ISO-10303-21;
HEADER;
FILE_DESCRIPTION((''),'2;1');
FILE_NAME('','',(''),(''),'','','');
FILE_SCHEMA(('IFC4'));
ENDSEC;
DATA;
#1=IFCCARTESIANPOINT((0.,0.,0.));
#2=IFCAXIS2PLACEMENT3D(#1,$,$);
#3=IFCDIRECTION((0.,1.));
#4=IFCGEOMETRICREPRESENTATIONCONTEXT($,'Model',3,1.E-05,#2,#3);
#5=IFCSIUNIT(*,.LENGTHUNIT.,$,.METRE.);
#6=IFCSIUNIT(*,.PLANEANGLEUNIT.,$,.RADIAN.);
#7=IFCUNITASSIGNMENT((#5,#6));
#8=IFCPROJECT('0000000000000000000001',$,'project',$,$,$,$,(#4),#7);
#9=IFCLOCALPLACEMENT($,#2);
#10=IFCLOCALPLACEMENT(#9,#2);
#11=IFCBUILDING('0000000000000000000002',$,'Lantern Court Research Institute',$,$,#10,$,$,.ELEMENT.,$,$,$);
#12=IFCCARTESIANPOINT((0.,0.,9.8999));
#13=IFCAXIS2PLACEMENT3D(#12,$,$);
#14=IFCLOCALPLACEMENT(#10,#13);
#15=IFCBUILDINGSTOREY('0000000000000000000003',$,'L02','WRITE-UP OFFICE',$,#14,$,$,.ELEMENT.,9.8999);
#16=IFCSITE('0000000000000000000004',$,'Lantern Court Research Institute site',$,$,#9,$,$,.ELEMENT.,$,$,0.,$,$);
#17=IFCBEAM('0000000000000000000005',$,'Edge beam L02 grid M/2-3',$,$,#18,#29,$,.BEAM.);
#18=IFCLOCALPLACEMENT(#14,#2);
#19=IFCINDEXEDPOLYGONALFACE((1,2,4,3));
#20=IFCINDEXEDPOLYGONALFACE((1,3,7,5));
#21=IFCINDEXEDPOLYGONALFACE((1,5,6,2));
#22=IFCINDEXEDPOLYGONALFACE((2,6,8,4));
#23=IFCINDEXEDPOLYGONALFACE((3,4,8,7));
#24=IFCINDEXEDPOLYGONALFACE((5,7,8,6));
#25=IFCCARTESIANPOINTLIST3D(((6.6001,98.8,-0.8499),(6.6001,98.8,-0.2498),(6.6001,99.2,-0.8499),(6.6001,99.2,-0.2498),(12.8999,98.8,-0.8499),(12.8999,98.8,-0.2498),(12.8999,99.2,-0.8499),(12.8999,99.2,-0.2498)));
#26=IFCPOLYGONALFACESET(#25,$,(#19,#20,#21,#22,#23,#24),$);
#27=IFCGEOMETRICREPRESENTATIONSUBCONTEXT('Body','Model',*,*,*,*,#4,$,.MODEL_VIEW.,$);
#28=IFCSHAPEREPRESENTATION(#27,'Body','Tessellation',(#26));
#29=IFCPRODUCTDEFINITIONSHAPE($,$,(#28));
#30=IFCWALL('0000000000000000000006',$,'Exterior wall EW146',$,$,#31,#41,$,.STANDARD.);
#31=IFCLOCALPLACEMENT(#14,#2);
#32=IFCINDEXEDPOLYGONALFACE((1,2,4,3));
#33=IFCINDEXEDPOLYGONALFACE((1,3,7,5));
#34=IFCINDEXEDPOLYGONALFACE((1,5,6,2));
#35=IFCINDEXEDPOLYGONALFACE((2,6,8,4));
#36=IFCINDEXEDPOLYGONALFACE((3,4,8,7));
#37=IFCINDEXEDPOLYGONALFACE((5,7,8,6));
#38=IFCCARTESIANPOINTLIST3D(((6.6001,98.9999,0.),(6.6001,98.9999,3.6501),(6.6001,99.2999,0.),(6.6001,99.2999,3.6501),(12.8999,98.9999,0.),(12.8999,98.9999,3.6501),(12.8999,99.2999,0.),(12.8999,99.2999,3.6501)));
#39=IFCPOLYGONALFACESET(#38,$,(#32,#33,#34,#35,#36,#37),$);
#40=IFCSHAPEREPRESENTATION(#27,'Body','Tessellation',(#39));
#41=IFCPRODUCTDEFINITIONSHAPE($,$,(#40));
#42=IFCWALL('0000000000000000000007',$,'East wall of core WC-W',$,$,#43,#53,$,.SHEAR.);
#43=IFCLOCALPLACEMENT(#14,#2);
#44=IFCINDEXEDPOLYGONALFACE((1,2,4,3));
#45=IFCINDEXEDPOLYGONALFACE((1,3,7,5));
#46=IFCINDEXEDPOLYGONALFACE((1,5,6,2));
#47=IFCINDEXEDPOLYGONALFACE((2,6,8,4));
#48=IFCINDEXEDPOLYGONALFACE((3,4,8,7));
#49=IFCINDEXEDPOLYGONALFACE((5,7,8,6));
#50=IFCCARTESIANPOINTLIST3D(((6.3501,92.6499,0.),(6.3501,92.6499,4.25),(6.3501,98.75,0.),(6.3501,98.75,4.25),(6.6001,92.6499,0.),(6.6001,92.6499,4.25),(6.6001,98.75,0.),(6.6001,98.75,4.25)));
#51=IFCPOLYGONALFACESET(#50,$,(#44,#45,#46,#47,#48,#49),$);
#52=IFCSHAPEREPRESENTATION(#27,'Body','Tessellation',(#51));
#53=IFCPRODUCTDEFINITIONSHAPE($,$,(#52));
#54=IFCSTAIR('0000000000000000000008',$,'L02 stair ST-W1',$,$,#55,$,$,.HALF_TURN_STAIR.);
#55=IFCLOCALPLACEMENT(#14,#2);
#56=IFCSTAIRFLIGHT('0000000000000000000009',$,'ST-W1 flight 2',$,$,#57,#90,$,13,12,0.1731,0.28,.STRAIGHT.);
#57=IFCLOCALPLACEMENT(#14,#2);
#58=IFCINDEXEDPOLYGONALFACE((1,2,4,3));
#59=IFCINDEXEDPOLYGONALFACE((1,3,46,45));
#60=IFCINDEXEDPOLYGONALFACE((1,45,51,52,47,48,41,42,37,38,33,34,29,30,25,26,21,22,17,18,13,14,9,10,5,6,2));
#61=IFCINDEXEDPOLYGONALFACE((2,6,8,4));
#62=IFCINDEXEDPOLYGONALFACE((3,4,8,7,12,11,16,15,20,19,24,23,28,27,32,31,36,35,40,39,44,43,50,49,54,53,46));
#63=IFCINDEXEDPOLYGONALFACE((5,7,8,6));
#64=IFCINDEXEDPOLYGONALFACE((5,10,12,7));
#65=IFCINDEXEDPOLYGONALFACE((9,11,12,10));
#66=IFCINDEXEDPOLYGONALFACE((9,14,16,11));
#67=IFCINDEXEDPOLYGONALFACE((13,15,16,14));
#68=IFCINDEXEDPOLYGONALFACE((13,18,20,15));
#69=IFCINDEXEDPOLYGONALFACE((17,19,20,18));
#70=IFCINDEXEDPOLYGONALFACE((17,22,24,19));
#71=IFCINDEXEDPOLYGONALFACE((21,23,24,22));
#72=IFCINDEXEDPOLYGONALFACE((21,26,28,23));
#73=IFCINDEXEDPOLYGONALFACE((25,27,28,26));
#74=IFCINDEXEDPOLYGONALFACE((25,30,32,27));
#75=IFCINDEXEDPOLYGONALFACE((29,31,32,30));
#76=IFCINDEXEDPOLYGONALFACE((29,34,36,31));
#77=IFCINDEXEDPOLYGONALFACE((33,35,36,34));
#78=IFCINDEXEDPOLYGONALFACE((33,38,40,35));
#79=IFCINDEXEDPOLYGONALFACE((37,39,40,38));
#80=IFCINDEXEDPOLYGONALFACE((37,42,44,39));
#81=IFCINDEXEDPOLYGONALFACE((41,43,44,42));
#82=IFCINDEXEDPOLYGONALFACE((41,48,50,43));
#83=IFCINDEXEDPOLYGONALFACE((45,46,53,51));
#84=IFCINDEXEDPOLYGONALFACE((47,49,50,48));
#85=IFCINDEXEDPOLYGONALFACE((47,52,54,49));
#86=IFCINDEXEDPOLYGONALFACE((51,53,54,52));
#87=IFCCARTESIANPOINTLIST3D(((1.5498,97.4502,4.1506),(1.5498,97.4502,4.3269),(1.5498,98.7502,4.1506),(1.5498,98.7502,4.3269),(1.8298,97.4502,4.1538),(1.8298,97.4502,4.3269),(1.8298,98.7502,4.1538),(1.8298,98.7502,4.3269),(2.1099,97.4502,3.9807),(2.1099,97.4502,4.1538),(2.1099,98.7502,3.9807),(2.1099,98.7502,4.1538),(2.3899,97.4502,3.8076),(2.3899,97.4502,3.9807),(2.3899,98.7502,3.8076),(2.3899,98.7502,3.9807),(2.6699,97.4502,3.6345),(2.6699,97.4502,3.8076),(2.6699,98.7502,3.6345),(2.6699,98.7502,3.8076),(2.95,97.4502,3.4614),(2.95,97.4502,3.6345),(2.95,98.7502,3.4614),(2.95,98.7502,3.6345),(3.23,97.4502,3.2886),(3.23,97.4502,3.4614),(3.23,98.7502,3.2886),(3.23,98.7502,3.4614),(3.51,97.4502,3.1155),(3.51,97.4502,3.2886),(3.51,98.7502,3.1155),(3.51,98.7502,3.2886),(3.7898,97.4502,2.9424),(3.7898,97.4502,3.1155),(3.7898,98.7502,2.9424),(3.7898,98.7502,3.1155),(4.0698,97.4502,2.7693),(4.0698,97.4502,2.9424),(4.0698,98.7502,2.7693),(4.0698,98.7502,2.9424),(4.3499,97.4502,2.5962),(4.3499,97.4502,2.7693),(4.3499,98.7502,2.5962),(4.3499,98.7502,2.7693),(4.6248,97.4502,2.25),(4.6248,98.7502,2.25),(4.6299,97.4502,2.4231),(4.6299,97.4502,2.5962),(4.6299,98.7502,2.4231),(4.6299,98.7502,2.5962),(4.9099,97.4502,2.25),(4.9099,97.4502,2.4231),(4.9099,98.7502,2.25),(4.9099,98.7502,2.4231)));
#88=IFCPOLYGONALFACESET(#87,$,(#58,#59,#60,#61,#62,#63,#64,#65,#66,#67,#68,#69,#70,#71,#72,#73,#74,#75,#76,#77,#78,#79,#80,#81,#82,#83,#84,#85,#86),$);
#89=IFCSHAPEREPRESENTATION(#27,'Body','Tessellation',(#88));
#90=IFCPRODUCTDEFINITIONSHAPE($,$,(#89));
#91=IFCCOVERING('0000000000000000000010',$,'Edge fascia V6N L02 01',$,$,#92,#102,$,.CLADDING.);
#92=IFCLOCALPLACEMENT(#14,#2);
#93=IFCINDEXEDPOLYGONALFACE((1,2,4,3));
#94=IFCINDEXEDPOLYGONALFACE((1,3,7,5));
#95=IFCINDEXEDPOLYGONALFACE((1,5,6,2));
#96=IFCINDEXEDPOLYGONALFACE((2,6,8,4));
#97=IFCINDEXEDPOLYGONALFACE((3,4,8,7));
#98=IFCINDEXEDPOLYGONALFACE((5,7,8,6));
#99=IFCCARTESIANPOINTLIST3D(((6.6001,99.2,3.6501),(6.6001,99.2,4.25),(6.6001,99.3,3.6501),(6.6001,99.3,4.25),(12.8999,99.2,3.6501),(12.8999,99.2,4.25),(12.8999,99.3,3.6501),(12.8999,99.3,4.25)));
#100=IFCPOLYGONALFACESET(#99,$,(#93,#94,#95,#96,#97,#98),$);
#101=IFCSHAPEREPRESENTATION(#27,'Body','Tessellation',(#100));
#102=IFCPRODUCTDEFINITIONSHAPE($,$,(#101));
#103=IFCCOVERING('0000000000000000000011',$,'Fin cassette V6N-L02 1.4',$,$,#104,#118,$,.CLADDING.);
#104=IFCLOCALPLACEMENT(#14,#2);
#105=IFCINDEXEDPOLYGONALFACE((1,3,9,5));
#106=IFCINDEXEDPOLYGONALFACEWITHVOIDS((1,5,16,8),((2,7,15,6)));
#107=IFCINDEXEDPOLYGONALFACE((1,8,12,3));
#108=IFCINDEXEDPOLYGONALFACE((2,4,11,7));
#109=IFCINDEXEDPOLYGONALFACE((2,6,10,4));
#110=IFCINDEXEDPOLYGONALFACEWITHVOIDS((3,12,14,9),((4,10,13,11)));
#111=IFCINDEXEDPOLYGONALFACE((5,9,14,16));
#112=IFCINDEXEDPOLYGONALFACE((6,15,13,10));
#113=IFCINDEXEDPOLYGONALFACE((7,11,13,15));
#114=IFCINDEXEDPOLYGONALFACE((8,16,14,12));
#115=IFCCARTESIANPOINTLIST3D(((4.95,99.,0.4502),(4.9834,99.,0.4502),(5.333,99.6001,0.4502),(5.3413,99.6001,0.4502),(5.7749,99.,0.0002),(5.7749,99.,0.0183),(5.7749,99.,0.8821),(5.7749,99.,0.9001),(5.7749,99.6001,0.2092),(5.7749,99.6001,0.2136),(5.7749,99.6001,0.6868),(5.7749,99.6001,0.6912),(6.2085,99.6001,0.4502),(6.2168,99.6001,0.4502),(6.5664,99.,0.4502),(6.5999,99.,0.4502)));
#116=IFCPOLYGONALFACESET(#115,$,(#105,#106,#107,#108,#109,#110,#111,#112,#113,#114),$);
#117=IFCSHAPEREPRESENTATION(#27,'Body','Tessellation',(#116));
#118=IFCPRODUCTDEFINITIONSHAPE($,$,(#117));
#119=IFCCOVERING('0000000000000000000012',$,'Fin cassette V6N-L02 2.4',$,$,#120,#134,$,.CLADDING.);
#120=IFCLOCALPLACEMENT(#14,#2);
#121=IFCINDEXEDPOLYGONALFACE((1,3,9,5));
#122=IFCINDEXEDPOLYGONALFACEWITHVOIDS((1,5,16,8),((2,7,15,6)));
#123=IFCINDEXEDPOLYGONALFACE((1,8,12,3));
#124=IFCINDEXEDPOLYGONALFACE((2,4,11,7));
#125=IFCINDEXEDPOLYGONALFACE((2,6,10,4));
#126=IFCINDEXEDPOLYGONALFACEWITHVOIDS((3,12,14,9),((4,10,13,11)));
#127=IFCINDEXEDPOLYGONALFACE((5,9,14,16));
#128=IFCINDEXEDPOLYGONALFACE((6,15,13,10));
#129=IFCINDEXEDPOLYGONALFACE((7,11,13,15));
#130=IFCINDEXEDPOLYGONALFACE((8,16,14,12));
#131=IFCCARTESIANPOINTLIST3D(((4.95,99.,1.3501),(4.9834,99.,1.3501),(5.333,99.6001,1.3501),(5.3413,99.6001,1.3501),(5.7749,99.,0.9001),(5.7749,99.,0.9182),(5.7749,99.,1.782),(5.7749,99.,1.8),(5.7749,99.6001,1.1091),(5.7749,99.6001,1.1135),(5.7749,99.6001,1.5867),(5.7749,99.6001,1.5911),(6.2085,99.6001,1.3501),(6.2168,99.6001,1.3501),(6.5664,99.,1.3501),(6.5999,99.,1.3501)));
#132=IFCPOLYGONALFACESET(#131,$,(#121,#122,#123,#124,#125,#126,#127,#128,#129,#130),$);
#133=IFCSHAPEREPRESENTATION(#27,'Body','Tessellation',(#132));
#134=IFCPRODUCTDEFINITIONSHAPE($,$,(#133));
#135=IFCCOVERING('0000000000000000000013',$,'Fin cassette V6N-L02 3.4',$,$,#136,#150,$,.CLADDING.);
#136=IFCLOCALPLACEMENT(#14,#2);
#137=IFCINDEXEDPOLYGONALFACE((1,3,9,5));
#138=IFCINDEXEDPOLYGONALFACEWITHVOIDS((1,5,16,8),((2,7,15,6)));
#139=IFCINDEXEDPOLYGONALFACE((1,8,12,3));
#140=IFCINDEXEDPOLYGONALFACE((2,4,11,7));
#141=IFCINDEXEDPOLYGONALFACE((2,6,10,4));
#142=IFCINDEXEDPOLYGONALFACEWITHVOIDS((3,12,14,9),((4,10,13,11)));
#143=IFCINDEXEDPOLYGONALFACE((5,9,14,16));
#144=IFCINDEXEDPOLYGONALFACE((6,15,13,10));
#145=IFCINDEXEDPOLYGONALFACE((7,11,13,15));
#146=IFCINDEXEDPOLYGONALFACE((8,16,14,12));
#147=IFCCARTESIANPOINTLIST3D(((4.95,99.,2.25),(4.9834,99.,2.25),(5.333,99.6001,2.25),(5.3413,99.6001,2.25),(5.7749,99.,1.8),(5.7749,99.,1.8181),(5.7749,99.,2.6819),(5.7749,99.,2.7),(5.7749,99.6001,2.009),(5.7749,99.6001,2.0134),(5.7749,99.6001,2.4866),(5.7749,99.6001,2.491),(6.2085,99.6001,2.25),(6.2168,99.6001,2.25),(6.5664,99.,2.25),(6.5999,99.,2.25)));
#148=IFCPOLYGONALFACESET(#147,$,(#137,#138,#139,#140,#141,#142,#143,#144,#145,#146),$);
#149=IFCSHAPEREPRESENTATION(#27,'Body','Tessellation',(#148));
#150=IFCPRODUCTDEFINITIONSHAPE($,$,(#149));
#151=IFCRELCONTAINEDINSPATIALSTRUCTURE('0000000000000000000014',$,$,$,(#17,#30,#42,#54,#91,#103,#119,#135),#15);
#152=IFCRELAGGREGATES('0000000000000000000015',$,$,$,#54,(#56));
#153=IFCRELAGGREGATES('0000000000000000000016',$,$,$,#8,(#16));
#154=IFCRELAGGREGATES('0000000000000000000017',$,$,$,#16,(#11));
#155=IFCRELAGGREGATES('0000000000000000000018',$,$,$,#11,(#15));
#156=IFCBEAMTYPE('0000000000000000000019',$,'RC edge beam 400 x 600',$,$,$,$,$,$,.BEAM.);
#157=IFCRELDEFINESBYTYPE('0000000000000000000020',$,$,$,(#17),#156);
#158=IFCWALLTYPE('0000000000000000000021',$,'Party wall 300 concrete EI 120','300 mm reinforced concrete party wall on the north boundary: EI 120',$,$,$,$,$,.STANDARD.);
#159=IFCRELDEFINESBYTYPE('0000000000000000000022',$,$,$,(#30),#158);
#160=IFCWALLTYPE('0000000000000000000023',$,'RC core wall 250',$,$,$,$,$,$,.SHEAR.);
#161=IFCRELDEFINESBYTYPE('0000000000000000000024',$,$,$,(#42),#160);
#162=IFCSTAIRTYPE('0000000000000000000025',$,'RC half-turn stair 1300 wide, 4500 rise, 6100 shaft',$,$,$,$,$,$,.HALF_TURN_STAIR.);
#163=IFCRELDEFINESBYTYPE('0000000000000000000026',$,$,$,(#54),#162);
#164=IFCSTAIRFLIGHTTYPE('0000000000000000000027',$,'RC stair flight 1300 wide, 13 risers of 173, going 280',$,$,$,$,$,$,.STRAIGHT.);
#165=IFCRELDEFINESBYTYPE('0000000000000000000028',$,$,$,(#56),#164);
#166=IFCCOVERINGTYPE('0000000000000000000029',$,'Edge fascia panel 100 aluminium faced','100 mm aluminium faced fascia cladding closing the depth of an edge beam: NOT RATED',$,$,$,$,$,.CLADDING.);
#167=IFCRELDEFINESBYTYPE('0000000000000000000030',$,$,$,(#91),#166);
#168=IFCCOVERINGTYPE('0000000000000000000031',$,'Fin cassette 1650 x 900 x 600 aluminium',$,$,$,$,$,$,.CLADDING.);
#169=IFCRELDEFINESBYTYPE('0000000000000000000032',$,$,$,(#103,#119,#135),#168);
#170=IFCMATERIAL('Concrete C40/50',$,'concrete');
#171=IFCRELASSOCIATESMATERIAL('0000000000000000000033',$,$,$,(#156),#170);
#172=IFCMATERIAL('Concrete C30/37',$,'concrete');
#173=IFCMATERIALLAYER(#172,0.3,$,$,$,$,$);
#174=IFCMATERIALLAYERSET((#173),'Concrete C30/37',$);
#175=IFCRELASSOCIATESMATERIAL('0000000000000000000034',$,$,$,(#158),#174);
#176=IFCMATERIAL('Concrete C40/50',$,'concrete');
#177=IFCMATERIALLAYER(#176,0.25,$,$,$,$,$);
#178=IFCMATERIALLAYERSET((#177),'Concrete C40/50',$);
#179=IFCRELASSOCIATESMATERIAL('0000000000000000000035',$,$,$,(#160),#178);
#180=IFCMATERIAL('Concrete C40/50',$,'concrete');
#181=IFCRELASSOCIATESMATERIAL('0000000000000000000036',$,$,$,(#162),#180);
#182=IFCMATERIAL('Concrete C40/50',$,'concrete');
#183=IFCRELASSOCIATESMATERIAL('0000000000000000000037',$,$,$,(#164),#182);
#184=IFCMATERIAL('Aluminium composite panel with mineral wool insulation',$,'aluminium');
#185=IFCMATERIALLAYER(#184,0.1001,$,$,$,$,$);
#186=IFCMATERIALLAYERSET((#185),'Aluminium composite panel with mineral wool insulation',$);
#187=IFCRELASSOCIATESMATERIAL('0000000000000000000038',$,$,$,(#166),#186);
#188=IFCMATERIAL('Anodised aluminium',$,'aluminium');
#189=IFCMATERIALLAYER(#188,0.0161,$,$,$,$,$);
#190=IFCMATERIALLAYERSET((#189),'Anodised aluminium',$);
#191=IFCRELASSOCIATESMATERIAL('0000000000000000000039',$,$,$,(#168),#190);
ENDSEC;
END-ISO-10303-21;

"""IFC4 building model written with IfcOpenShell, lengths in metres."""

from ifc_helpers import new_model, entity, si_unit, direction, frame, frame_2d, origin, origin_2d, place, context, subcontext, project, spatial, polyline, rectangle, outline, extrude, material, layer, layer_set, material_profile, profile_set, type_object, element, aggregate, save


model = new_model("IFC4")

# Units and contexts
model_context = context("Model", 3, precision=1e-05, world=origin(), true_north=direction((0.0, 1.0)))
body_context = subcontext(model_context, "Body", "Model", "MODEL_VIEW")
ifc_project = project(units=[si_unit("LENGTHUNIT", "METRE"), si_unit("PLANEANGLEUNIT", "RADIAN")], contexts=[model_context])

# Site, building, storey
site_placement = place(None, origin())
site = spatial("IfcSite", under=ifc_project, at=site_placement, Name="Lantern Court Research Institute site", CompositionType="ELEMENT", RefElevation=0.0)
building_placement = place(site_placement, origin())
building = spatial("IfcBuilding", under=site, at=building_placement, Name="Lantern Court Research Institute", CompositionType="ELEMENT")
storey_placement = place(building_placement, frame((0.0, 0.0, 9.8999)))
storey = spatial("IfcBuildingStorey", under=building, at=storey_placement, Name="L02", Description="WRITE-UP OFFICE", CompositionType="ELEMENT", Elevation=9.8999)

# Beam
ifc_material_1 = material(Name="Concrete C40/50", Category="concrete")
ifc_material_profile = material_profile(ifc_material_1, rectangle(XDim=0.3999, YDim=0.6001, at=origin_2d()), Name="RC beam 400 x 600")
ifc_profile_set = profile_set([ifc_material_profile], Name="Concrete C40/50")
beam_type = type_object("IfcBeamType", Name="RC edge beam 400 x 600", PredefinedType="BEAM", material=ifc_profile_set)
beam_placement = place(storey_placement, frame((6.6001, 99.0, -0.5498), z_axis=(1.0, 0.0, 0.0), x_axis=(0.0, 1.0, 0.0)))
element("IfcBeam", 1, at=beam_placement, inside=storey, type_object=beam_type, Name="Edge beam L02 grid M/2-3", PredefinedType="BEAM", context=body_context, shape_type="SweptSolid", body=[
    extrude(rectangle(XDim=0.3999, YDim=0.6001, at=origin_2d()), origin(), (0.0, 0.0, 1.0), 6.2998),
])

# Walls
ifc_material_2 = material(Name="Concrete C30/37", Category="concrete")
ifc_layer_1 = layer(ifc_material_2, 0.3)
ifc_layer_set_1 = layer_set([ifc_layer_1], Name="Concrete C30/37")
wall_type_1 = type_object("IfcWallType", Name="Party wall 300 concrete EI 120", Description="300 mm reinforced concrete party wall on the north boundary: EI 120", PredefinedType="STANDARD", material=ifc_layer_set_1)
wall_1_placement = place(storey_placement, frame((6.6001, 99.1499, 0.0), z_axis=(0.0, 0.0, 1.0), x_axis=(1.0, 0.0, 0.0)))
element("IfcWall", 2, at=wall_1_placement, inside=storey, type_object=wall_type_1, Name="Exterior wall EW146", PredefinedType="STANDARD", context=body_context, shape_type="SweptSolid", body=[
    extrude(rectangle(XDim=6.2998, YDim=0.3, at=frame_2d((3.1499, 0.0))), origin(), (0.0, 0.0, 1.0), 3.6501),
])
ifc_material_3 = material(Name="Concrete C40/50", Category="concrete")
ifc_layer_2 = layer(ifc_material_3, 0.25)
ifc_layer_set_2 = layer_set([ifc_layer_2], Name="Concrete C40/50")
wall_type_2 = type_object("IfcWallType", Name="RC core wall 250", PredefinedType="SHEAR", material=ifc_layer_set_2)
wall_2_placement = place(storey_placement, frame((6.4751, 92.6499, 0.0), z_axis=(0.0, 0.0, 1.0), x_axis=(0.0, 1.0, 0.0)))
element("IfcWall", 3, at=wall_2_placement, inside=storey, type_object=wall_type_2, Name="East wall of core WC-W", PredefinedType="SHEAR", context=body_context, shape_type="SweptSolid", body=[
    extrude(rectangle(XDim=6.1001, YDim=0.25, at=frame_2d((3.05, 0.0))), origin(), (0.0, 0.0, 1.0), 4.25),
])

# Stair, stair flight
ifc_material_4 = material(Name="Concrete C40/50", Category="concrete")
stair_type = type_object("IfcStairType", Name="RC half-turn stair 1300 wide, 4500 rise, 6100 shaft", PredefinedType="HALF_TURN_STAIR", material=ifc_material_4)
stair_placement = place(storey_placement, origin())
stair = element("IfcStair", 4, at=stair_placement, inside=storey, type_object=stair_type, Name="L02 stair ST-W1", PredefinedType="HALF_TURN_STAIR")
ifc_material_5 = material(Name="Concrete C40/50", Category="concrete")
stair_flight_type = type_object("IfcStairFlightType", Name="RC stair flight 1300 wide, 13 risers of 173, going 280", PredefinedType="STRAIGHT", material=ifc_material_5)
stair_flight_placement = place(storey_placement, frame((4.9099, 98.1001, 2.25), z_axis=(0.0, 0.0, 1.0), x_axis=(-1.0, 0.0, 0.0)))
stair_flight = element("IfcStairFlight", 5, at=stair_flight_placement, type_object=stair_flight_type, Name="ST-W1 flight 2", NumberOfRisers=13, NumberOfTreads=12, PredefinedType="STRAIGHT", RiserHeight=0.1731, TreadLength=0.28, context=body_context, shape_type="SweptSolid", body=[
    extrude(outline(polyline([(0.0, 0.0), (0.0, 0.1731), (0.28, 0.1731), (0.28, 0.3462), (0.5601, 0.3462), (0.5601, 0.5193), (0.8401, 0.5193), (0.8401, 0.6924), (1.1201, 0.6924), (1.1201, 0.8655), (1.3999, 0.8655), (1.3999, 1.0386), (1.6799, 1.0386), (1.6799, 1.2114), (1.96, 1.2114), (1.96, 1.3845), (2.24, 1.3845), (2.24, 1.5576), (2.52, 1.5576), (2.52, 1.7307), (2.8, 1.7307), (2.8, 1.9038), (3.0801, 1.9038), (3.0801, 2.0769), (3.3601, 2.0769), (3.3601, 2.25), (3.3601, 1.9006), (0.2852, 0.0), (0.0, 0.0)])), frame((0.0, 0.6499, 0.0), z_axis=(0.0, -1.0, 0.0), x_axis=(1.0, 0.0, 0.0)), (0.0, 0.0, 1.0), 1.3),
])
aggregate(stair, [stair_flight])

# Coverings
ifc_material_6 = material(Name="Aluminium composite panel with mineral wool insulation", Category="aluminium")
ifc_layer_3 = layer(ifc_material_6, 0.1001)
ifc_layer_set_3 = layer_set([ifc_layer_3], Name="Aluminium composite panel with mineral wool insulation")
covering_type_1 = type_object("IfcCoveringType", Name="Edge fascia panel 100 aluminium faced", Description="100 mm aluminium faced fascia cladding closing the depth of an edge beam: NOT RATED", PredefinedType="CLADDING", material=ifc_layer_set_3)
covering_1_placement = place(storey_placement, frame((6.6001, 99.25, 3.6501), z_axis=(0.0, 0.0, 1.0), x_axis=(1.0, 0.0, 0.0)))
element("IfcCovering", 6, at=covering_1_placement, inside=storey, type_object=covering_type_1, Name="Edge fascia V6N L02 01", PredefinedType="CLADDING", context=body_context, shape_type="SweptSolid", body=[
    extrude(rectangle(XDim=6.2998, YDim=0.1001, at=frame_2d((3.1499, 0.0))), origin(), (0.0, 0.0, 1.0), 0.5999),
])
ifc_material_7 = material(Name="Anodised aluminium", Category="aluminium")
ifc_layer_4 = layer(ifc_material_7, 0.0161)
ifc_layer_set_4 = layer_set([ifc_layer_4], Name="Anodised aluminium")
covering_type_2 = type_object("IfcCoveringType", Name="Fin cassette 1650 x 900 x 600 aluminium", PredefinedType="CLADDING", material=ifc_layer_set_4)
covering_2_placement = place(storey_placement, frame((5.7749, 99.0, 0.4502), z_axis=(0.0, 1.0, 0.0), x_axis=(-1.0, 0.0, 0.0)))
cartesian_point_1 = entity("IfcCartesianPoint", [0.825, 0.0])
cartesian_point_2 = entity("IfcCartesianPoint", [0.7915, 0.0])
cartesian_point_3 = entity("IfcCartesianPoint", [0.4419, 0.0])
cartesian_point_4 = entity("IfcCartesianPoint", [0.4336, 0.0])
element("IfcCovering", 7, at=covering_2_placement, inside=storey, type_object=covering_type_2, Name="Fin cassette V6N-L02 1.4", PredefinedType="CLADDING", context=body_context, shape_type="SweptSolid", body=[
    entity("IfcExtrudedAreaSolidTapered", entity("IfcArbitraryProfileDefWithVoids", "AREA", None, entity("IfcPolyline", [cartesian_point_1, entity("IfcCartesianPoint", [0.0, 0.45]), entity("IfcCartesianPoint", [-0.825, 0.0]), entity("IfcCartesianPoint", [0.0, -0.45]), cartesian_point_1]), [entity("IfcPolyline", [cartesian_point_2, entity("IfcCartesianPoint", [0.0, 0.4319]), entity("IfcCartesianPoint", [-0.7915, 0.0]), entity("IfcCartesianPoint", [0.0, -0.4319]), cartesian_point_2])]), entity("IfcAxis2Placement3D", entity("IfcCartesianPoint", [0.0, 0.0, 0.0])), entity("IfcDirection", [0.0, 0.0, 1.0]), 0.6001, entity("IfcArbitraryProfileDefWithVoids", "AREA", None, entity("IfcPolyline", [cartesian_point_3, entity("IfcCartesianPoint", [0.0, 0.241]), entity("IfcCartesianPoint", [-0.4419, 0.0]), entity("IfcCartesianPoint", [0.0, -0.241]), cartesian_point_3]), [entity("IfcPolyline", [cartesian_point_4, entity("IfcCartesianPoint", [0.0, 0.2366]), entity("IfcCartesianPoint", [-0.4336, 0.0]), entity("IfcCartesianPoint", [0.0, -0.2366]), cartesian_point_4])])),
])
covering_3_placement = place(storey_placement, frame((5.7749, 99.0, 1.3501), z_axis=(0.0, 1.0, 0.0), x_axis=(-1.0, 0.0, 0.0)))
cartesian_point_5 = entity("IfcCartesianPoint", [0.825, 0.0])
cartesian_point_6 = entity("IfcCartesianPoint", [0.7915, 0.0])
cartesian_point_7 = entity("IfcCartesianPoint", [0.4419, 0.0])
cartesian_point_8 = entity("IfcCartesianPoint", [0.4336, 0.0])
element("IfcCovering", 8, at=covering_3_placement, inside=storey, type_object=covering_type_2, Name="Fin cassette V6N-L02 2.4", PredefinedType="CLADDING", context=body_context, shape_type="SweptSolid", body=[
    entity("IfcExtrudedAreaSolidTapered", entity("IfcArbitraryProfileDefWithVoids", "AREA", None, entity("IfcPolyline", [cartesian_point_5, entity("IfcCartesianPoint", [0.0, 0.45]), entity("IfcCartesianPoint", [-0.825, 0.0]), entity("IfcCartesianPoint", [0.0, -0.45]), cartesian_point_5]), [entity("IfcPolyline", [cartesian_point_6, entity("IfcCartesianPoint", [0.0, 0.4319]), entity("IfcCartesianPoint", [-0.7915, 0.0]), entity("IfcCartesianPoint", [0.0, -0.4319]), cartesian_point_6])]), entity("IfcAxis2Placement3D", entity("IfcCartesianPoint", [0.0, 0.0, 0.0])), entity("IfcDirection", [0.0, 0.0, 1.0]), 0.6001, entity("IfcArbitraryProfileDefWithVoids", "AREA", None, entity("IfcPolyline", [cartesian_point_7, entity("IfcCartesianPoint", [0.0, 0.241]), entity("IfcCartesianPoint", [-0.4419, 0.0]), entity("IfcCartesianPoint", [0.0, -0.241]), cartesian_point_7]), [entity("IfcPolyline", [cartesian_point_8, entity("IfcCartesianPoint", [0.0, 0.2366]), entity("IfcCartesianPoint", [-0.4336, 0.0]), entity("IfcCartesianPoint", [0.0, -0.2366]), cartesian_point_8])])),
])
covering_4_placement = place(storey_placement, frame((5.7749, 99.0, 2.25), z_axis=(0.0, 1.0, 0.0), x_axis=(-1.0, 0.0, 0.0)))
cartesian_point_9 = entity("IfcCartesianPoint", [0.825, 0.0])
cartesian_point_10 = entity("IfcCartesianPoint", [0.7915, 0.0])
cartesian_point_11 = entity("IfcCartesianPoint", [0.4419, 0.0])
cartesian_point_12 = entity("IfcCartesianPoint", [0.4336, 0.0])
element("IfcCovering", 9, at=covering_4_placement, inside=storey, type_object=covering_type_2, Name="Fin cassette V6N-L02 3.4", PredefinedType="CLADDING", context=body_context, shape_type="SweptSolid", body=[
    entity("IfcExtrudedAreaSolidTapered", entity("IfcArbitraryProfileDefWithVoids", "AREA", None, entity("IfcPolyline", [cartesian_point_9, entity("IfcCartesianPoint", [0.0, 0.45]), entity("IfcCartesianPoint", [-0.825, 0.0]), entity("IfcCartesianPoint", [0.0, -0.45]), cartesian_point_9]), [entity("IfcPolyline", [cartesian_point_10, entity("IfcCartesianPoint", [0.0, 0.4319]), entity("IfcCartesianPoint", [-0.7915, 0.0]), entity("IfcCartesianPoint", [0.0, -0.4319]), cartesian_point_10])]), entity("IfcAxis2Placement3D", entity("IfcCartesianPoint", [0.0, 0.0, 0.0])), entity("IfcDirection", [0.0, 0.0, 1.0]), 0.6001, entity("IfcArbitraryProfileDefWithVoids", "AREA", None, entity("IfcPolyline", [cartesian_point_11, entity("IfcCartesianPoint", [0.0, 0.241]), entity("IfcCartesianPoint", [-0.4419, 0.0]), entity("IfcCartesianPoint", [0.0, -0.241]), cartesian_point_11]), [entity("IfcPolyline", [cartesian_point_12, entity("IfcCartesianPoint", [0.0, 0.2366]), entity("IfcCartesianPoint", [-0.4336, 0.0]), entity("IfcCartesianPoint", [0.0, -0.2366]), cartesian_point_12])])),
])

save(model, "model.ifc")
